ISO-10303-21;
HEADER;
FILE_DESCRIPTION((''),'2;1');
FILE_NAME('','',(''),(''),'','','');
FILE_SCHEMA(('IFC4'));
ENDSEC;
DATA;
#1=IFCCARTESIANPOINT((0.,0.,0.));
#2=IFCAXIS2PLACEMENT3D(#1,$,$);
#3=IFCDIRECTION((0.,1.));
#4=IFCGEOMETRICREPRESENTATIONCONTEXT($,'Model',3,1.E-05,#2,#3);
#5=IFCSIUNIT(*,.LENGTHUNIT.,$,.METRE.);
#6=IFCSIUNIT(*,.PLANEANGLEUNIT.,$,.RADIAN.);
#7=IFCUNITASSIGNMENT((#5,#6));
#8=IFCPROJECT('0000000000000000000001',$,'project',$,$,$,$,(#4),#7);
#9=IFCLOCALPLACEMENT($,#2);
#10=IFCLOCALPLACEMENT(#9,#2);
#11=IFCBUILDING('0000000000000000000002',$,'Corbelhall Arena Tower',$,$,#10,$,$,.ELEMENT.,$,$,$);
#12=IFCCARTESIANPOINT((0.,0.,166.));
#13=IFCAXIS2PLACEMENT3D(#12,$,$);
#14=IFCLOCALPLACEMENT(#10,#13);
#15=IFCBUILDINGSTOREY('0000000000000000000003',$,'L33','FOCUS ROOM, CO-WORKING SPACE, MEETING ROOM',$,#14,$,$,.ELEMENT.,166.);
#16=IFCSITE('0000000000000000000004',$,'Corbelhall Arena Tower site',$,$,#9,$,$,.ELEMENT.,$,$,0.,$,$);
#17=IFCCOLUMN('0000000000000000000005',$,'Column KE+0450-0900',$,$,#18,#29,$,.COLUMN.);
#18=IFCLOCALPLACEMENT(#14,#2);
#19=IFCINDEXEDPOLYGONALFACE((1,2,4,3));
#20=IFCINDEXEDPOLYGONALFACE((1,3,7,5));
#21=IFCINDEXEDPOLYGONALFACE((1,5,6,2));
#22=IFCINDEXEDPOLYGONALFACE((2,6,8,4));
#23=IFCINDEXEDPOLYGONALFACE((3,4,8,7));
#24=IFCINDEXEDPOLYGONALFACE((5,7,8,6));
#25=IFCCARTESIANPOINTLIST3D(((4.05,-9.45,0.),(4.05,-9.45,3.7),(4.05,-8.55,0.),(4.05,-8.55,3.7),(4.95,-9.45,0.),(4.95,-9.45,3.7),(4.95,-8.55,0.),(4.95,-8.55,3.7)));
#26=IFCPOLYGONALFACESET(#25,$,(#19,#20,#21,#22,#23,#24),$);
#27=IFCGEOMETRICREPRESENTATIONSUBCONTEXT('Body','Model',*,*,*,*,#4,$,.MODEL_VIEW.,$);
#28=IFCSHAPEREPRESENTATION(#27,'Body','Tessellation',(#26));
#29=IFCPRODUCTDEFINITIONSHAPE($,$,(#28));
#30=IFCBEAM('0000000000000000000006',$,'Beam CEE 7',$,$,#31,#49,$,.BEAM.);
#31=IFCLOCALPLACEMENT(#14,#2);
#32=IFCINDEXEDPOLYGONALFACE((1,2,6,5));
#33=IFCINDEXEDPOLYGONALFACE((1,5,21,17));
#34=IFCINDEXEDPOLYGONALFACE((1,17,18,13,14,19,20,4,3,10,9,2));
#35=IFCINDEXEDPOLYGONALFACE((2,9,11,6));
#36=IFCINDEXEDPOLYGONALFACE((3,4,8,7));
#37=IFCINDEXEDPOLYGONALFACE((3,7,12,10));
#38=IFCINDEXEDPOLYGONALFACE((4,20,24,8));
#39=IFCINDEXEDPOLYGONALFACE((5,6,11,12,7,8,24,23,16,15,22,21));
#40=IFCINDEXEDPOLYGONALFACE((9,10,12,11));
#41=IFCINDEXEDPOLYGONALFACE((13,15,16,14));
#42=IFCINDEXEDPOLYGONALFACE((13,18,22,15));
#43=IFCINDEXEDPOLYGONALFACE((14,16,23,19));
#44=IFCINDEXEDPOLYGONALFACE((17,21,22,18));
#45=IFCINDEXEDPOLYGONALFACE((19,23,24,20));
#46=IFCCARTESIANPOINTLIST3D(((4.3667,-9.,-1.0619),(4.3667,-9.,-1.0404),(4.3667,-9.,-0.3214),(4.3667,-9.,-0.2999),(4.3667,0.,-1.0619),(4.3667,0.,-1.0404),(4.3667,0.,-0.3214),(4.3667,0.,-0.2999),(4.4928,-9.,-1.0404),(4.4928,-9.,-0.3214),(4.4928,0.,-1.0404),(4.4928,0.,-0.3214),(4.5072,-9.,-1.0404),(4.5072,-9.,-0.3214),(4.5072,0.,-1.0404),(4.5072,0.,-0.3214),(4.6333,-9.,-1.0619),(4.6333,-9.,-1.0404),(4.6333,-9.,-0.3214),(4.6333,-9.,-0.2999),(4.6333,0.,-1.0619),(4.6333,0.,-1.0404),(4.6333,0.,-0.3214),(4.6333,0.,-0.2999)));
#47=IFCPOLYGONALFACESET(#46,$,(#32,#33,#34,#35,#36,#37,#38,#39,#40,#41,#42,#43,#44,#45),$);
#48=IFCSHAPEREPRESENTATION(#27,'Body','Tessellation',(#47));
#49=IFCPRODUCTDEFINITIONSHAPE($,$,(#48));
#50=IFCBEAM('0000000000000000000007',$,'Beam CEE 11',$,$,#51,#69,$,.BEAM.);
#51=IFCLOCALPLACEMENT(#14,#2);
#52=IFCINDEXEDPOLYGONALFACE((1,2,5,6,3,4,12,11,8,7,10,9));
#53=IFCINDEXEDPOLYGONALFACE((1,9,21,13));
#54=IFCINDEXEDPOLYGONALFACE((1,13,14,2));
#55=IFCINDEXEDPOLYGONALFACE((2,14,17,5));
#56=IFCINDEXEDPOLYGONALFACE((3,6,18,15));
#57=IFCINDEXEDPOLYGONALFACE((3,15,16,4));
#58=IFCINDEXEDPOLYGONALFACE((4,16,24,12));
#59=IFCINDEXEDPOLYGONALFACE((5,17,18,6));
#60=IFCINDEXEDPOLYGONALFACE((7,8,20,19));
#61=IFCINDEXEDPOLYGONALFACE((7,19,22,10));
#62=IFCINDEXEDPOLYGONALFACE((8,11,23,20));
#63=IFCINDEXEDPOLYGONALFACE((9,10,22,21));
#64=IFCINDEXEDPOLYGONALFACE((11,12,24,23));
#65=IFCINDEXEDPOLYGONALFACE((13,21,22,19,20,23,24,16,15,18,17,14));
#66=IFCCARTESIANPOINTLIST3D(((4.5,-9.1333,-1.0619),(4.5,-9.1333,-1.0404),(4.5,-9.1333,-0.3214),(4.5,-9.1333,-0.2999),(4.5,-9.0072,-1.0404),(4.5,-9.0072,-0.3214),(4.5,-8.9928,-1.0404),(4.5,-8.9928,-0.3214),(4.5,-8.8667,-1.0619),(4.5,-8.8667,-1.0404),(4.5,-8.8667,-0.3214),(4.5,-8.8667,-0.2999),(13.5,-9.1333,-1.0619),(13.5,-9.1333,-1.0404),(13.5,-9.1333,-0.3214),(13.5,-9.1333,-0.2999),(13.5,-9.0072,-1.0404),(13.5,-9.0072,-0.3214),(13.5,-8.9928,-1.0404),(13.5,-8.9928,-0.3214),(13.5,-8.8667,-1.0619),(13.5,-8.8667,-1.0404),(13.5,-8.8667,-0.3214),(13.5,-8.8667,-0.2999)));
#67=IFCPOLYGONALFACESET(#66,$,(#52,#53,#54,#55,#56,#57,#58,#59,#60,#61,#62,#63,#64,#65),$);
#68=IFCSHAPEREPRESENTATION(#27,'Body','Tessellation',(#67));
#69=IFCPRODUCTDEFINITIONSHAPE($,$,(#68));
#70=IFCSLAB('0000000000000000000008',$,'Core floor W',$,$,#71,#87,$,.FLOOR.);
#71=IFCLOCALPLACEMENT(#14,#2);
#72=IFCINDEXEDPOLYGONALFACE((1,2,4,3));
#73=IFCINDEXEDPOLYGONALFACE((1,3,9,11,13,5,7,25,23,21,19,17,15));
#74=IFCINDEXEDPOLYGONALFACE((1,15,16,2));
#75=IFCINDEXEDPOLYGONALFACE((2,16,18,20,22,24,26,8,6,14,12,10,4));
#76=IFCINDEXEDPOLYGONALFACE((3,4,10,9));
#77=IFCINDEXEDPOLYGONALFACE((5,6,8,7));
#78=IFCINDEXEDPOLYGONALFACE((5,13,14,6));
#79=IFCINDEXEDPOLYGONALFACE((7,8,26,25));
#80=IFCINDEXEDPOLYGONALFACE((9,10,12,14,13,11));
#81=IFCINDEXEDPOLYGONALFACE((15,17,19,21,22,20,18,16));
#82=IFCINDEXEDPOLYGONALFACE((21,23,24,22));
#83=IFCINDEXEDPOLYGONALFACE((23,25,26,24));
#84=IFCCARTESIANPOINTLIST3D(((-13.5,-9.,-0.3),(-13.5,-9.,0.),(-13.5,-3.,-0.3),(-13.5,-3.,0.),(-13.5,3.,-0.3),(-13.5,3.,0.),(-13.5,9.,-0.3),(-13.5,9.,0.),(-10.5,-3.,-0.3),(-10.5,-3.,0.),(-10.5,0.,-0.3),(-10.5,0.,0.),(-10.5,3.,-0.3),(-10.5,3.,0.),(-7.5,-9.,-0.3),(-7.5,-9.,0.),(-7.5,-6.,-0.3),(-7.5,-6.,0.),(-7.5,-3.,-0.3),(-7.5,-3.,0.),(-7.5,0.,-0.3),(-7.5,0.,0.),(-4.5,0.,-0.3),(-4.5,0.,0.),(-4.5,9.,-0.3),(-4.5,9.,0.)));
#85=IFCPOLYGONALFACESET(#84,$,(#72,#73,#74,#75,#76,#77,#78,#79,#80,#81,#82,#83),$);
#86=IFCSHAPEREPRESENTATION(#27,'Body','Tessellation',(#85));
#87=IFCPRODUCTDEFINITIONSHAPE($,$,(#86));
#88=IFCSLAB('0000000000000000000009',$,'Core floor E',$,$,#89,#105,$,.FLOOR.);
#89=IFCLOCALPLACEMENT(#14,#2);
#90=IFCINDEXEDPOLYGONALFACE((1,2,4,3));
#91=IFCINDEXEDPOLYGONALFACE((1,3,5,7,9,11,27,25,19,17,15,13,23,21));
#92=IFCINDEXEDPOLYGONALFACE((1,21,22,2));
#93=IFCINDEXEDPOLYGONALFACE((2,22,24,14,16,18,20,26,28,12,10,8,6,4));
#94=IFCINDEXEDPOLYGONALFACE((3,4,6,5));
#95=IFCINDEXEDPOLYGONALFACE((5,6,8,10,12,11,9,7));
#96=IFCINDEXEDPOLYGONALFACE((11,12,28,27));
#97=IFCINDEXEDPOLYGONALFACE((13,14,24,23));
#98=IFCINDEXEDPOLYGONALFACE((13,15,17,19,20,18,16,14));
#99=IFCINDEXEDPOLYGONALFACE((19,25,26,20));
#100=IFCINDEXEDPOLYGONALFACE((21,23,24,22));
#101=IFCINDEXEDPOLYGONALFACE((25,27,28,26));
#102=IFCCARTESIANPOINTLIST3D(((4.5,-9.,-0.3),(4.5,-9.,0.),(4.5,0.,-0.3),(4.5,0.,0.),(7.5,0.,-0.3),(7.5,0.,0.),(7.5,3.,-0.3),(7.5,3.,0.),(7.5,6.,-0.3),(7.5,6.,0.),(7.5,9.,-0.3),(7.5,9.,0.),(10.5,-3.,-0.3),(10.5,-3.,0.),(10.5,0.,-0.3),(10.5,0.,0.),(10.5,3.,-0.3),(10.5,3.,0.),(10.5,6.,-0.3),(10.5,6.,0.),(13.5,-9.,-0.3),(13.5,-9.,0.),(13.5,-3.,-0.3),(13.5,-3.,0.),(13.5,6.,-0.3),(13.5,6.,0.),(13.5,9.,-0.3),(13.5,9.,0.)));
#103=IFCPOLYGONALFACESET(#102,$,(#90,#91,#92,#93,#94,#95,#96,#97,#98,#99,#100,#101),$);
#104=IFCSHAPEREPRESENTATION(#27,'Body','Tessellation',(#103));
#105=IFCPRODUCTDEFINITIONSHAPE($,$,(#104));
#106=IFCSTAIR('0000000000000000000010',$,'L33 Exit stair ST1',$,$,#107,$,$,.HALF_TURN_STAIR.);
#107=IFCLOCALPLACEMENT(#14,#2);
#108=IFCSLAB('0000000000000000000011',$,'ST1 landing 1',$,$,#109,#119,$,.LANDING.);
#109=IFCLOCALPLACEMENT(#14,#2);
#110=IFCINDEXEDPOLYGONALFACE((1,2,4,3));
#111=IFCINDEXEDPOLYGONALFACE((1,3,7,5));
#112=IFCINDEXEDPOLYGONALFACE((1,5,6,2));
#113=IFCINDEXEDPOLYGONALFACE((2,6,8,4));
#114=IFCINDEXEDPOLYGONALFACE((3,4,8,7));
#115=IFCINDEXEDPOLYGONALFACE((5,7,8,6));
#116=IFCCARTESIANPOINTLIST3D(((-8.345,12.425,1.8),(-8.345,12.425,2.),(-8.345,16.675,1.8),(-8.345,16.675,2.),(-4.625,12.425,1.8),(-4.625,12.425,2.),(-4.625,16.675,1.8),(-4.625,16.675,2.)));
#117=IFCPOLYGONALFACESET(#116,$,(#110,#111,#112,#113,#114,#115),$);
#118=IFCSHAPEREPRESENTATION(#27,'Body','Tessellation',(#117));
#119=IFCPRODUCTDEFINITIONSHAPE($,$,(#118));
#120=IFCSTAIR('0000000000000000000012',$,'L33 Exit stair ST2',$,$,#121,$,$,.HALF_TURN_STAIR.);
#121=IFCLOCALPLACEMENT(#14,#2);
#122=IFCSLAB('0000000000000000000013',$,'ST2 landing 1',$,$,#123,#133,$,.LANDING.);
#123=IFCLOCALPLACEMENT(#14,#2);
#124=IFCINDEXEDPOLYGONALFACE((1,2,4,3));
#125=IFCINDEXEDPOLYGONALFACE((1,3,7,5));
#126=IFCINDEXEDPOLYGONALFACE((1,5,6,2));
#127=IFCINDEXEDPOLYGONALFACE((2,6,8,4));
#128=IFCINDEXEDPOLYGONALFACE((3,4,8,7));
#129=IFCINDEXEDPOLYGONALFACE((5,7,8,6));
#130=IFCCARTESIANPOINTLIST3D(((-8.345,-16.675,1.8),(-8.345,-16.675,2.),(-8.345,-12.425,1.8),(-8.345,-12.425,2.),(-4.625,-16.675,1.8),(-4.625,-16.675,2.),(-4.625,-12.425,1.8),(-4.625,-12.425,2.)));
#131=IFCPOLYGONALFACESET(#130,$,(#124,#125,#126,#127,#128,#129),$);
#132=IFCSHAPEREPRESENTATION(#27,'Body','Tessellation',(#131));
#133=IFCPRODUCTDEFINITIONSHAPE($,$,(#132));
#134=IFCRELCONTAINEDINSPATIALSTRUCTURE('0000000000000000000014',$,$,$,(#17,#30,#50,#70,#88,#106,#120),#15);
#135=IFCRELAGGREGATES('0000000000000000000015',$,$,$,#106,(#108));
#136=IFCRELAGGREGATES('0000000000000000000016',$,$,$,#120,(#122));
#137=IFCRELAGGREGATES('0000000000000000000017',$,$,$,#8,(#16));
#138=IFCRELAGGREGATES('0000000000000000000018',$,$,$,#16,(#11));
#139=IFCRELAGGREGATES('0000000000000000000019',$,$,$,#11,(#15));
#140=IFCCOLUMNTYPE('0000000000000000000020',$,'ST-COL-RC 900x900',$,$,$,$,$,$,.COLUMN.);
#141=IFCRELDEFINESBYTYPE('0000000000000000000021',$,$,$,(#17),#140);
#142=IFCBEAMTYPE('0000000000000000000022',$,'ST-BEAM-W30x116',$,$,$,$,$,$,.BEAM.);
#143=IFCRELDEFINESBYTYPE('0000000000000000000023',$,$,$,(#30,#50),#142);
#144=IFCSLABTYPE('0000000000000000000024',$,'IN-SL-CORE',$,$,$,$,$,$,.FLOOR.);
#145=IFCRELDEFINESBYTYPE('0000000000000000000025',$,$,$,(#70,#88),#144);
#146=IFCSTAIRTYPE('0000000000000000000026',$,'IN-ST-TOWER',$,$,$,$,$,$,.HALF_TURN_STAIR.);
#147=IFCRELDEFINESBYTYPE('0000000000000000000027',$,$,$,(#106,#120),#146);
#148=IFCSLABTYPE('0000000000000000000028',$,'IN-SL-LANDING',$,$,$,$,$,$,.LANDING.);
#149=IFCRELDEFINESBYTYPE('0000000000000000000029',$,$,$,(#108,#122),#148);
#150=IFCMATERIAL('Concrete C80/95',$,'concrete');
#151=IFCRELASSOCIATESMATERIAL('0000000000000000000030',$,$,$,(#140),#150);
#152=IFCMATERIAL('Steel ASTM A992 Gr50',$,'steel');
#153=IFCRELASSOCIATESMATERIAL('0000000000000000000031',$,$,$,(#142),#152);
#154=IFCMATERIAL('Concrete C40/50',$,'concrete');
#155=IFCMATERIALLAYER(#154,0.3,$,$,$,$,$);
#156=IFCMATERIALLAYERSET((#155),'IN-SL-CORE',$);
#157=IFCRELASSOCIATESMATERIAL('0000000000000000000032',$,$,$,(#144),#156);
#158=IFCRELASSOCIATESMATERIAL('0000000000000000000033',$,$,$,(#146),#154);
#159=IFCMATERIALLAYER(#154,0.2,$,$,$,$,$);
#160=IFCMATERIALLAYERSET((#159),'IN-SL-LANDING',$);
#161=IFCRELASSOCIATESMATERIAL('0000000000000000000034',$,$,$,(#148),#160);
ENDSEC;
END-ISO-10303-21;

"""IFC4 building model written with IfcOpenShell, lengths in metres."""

from ifc_helpers import new_model, si_unit, direction, frame, origin, origin_2d, place, context, subcontext, project, spatial, polyline, rectangle, i_section, outline, extrude, material, layer, layer_set, material_profile, profile_set, type_object, element, aggregate, save


model = new_model("IFC4")

# Units and contexts
model_context = context("Model", 3, precision=1e-05, world=origin(), true_north=direction((0.0, 1.0)))
body_context = subcontext(model_context, "Body", "Model", "MODEL_VIEW")
ifc_project = project(units=[si_unit("LENGTHUNIT", "METRE"), si_unit("PLANEANGLEUNIT", "RADIAN")], contexts=[model_context])

# Site, building, storey
site_placement = place(None, origin())
site = spatial("IfcSite", under=ifc_project, at=site_placement, Name="Corbelhall Arena Tower site", CompositionType="ELEMENT", RefElevation=0.0)
building_placement = place(site_placement, origin())
building = spatial("IfcBuilding", under=site, at=building_placement, Name="Corbelhall Arena Tower", CompositionType="ELEMENT")
storey_placement = place(building_placement, frame((0.0, 0.0, 166.0)))
storey = spatial("IfcBuildingStorey", under=building, at=storey_placement, Name="L33", Description="FOCUS ROOM, CO-WORKING SPACE, MEETING ROOM", CompositionType="ELEMENT", Elevation=166.0)

# Column
ifc_material_1 = material(Name="Concrete C80/95", Category="concrete")
ifc_material_profile_1 = material_profile(ifc_material_1, rectangle(XDim=0.8999, YDim=0.8999, at=origin_2d()))
ifc_profile_set_1 = profile_set([ifc_material_profile_1], Name="Concrete C80/95")
column_type = type_object("IfcColumnType", Name="ST-COL-RC 900x900", PredefinedType="COLUMN", material=ifc_profile_set_1)
column_placement = place(storey_placement, frame((4.5, -9.0, 0.0), z_axis=(0.0, 0.0, 1.0), x_axis=(1.0, 0.0, 0.0)))
element("IfcColumn", 1, at=column_placement, inside=storey, type_object=column_type, Name="Column KE+0450-0900", PredefinedType="COLUMN", context=body_context, shape_type="SweptSolid", body=[
    extrude(rectangle(XDim=0.8999, YDim=0.8999, at=origin_2d()), origin(), (0.0, 0.0, 1.0), 3.7),
])

# Beams
ifc_material_2 = material(Name="Steel ASTM A992 Gr50", Category="steel")
ifc_material_profile_2 = material_profile(ifc_material_2, i_section(OverallWidth=0.2666, OverallDepth=0.762, WebThickness=0.0144, FlangeThickness=0.0215, at=origin_2d()))
ifc_profile_set_2 = profile_set([ifc_material_profile_2], Name="Steel ASTM A992 Gr50")
beam_type = type_object("IfcBeamType", Name="ST-BEAM-W30x116", PredefinedType="BEAM", material=ifc_profile_set_2)
for number, where, z_axis, x_axis, name in (
    (2, (4.5, -9.0, -0.6809), (0.0, 1.0, 0.0), (-1.0, 0.0, 0.0), "Beam CEE 7"),
    (3, (4.5, -9.0, -0.6809), (1.0, 0.0, 0.0), (0.0, 1.0, 0.0), "Beam CEE 11"),
):
    element("IfcBeam", number, at=place(storey_placement, frame(where, z_axis=z_axis, x_axis=x_axis)), inside=storey, type_object=beam_type, Name=name, PredefinedType="BEAM", context=body_context, shape_type="SweptSolid", body=[
        extrude(i_section(OverallWidth=0.2666, OverallDepth=0.762, WebThickness=0.0144, FlangeThickness=0.0215, at=origin_2d()), origin(), (0.0, 0.0, 1.0), 9.0),
    ])

# Slabs
ifc_material_3 = material(Name="Concrete C40/50", Category="concrete")
ifc_layer_1 = layer(ifc_material_3, 0.3)
ifc_layer_set_1 = layer_set([ifc_layer_1], Name="IN-SL-CORE")
slab_type_1 = type_object("IfcSlabType", Name="IN-SL-CORE", PredefinedType="FLOOR", material=ifc_layer_set_1)
slab_1_placement = place(storey_placement, frame((0.0, 0.0, -0.3)))
element("IfcSlab", 4, at=slab_1_placement, inside=storey, type_object=slab_type_1, Name="Core floor W", PredefinedType="FLOOR", context=body_context, shape_type="SweptSolid", body=[
    extrude(outline(polyline([(-7.5, 0.0), (-4.5, 0.0), (-4.5, 9.0), (-13.5, 9.0), (-13.5, 3.0), (-10.5, 3.0), (-10.5, 0.0), (-10.5, -3.0), (-13.5, -3.0), (-13.5, -9.0), (-7.5, -9.0), (-7.5, -6.0), (-7.5, -3.0), (-7.5, 0.0)])), origin(), (0.0, 0.0, 1.0), 0.3),
])
slab_2_placement = place(storey_placement, frame((0.0, 0.0, -0.3)))
element("IfcSlab", 5, at=slab_2_placement, inside=storey, type_object=slab_type_1, Name="Core floor E", PredefinedType="FLOOR", context=body_context, shape_type="SweptSolid", body=[
    extrude(outline(polyline([(7.5, 0.0), (4.5, 0.0), (4.5, -9.0), (13.5, -9.0), (13.5, -3.0), (10.5, -3.0), (10.5, 0.0), (10.5, 3.0), (10.5, 6.0), (13.5, 6.0), (13.5, 9.0), (7.5, 9.0), (7.5, 6.0), (7.5, 3.0), (7.5, 0.0)])), origin(), (0.0, 0.0, 1.0), 0.3),
])

# Stairs, slabs
stair_type = type_object("IfcStairType", Name="IN-ST-TOWER", PredefinedType="HALF_TURN_STAIR", material=ifc_material_3)
stair_1_placement = place(storey_placement, origin())
stair_1 = element("IfcStair", 6, at=stair_1_placement, inside=storey, type_object=stair_type, Name="L33 Exit stair ST1", PredefinedType="HALF_TURN_STAIR")
ifc_layer_2 = layer(ifc_material_3, 0.2)
ifc_layer_set_2 = layer_set([ifc_layer_2], Name="IN-SL-LANDING")
slab_type_2 = type_object("IfcSlabType", Name="IN-SL-LANDING", PredefinedType="LANDING", material=ifc_layer_set_2)
slab_3_placement = place(storey_placement, frame((0.0, 0.0, 1.8)))
slab_3 = element("IfcSlab", 7, at=slab_3_placement, type_object=slab_type_2, Name="ST1 landing 1", PredefinedType="LANDING", context=body_context, shape_type="SweptSolid", body=[
    extrude(outline(polyline([(-8.345, 12.425), (-4.625, 12.425), (-4.625, 16.675), (-8.345, 16.675), (-8.345, 12.425)])), origin(), (0.0, 0.0, 1.0), 0.2),
])
aggregate(stair_1, [slab_3])
stair_2_placement = place(storey_placement, origin())
stair_2 = element("IfcStair", 8, at=stair_2_placement, inside=storey, type_object=stair_type, Name="L33 Exit stair ST2", PredefinedType="HALF_TURN_STAIR")
slab_4_placement = place(storey_placement, frame((0.0, 0.0, 1.8)))
slab_4 = element("IfcSlab", 9, at=slab_4_placement, type_object=slab_type_2, Name="ST2 landing 1", PredefinedType="LANDING", context=body_context, shape_type="SweptSolid", body=[
    extrude(outline(polyline([(-8.345, -16.675), (-4.625, -16.675), (-4.625, -12.425), (-8.345, -12.425), (-8.345, -16.675)])), origin(), (0.0, 0.0, 1.0), 0.2),
])
aggregate(stair_2, [slab_4])

save(model, "model.ifc")
